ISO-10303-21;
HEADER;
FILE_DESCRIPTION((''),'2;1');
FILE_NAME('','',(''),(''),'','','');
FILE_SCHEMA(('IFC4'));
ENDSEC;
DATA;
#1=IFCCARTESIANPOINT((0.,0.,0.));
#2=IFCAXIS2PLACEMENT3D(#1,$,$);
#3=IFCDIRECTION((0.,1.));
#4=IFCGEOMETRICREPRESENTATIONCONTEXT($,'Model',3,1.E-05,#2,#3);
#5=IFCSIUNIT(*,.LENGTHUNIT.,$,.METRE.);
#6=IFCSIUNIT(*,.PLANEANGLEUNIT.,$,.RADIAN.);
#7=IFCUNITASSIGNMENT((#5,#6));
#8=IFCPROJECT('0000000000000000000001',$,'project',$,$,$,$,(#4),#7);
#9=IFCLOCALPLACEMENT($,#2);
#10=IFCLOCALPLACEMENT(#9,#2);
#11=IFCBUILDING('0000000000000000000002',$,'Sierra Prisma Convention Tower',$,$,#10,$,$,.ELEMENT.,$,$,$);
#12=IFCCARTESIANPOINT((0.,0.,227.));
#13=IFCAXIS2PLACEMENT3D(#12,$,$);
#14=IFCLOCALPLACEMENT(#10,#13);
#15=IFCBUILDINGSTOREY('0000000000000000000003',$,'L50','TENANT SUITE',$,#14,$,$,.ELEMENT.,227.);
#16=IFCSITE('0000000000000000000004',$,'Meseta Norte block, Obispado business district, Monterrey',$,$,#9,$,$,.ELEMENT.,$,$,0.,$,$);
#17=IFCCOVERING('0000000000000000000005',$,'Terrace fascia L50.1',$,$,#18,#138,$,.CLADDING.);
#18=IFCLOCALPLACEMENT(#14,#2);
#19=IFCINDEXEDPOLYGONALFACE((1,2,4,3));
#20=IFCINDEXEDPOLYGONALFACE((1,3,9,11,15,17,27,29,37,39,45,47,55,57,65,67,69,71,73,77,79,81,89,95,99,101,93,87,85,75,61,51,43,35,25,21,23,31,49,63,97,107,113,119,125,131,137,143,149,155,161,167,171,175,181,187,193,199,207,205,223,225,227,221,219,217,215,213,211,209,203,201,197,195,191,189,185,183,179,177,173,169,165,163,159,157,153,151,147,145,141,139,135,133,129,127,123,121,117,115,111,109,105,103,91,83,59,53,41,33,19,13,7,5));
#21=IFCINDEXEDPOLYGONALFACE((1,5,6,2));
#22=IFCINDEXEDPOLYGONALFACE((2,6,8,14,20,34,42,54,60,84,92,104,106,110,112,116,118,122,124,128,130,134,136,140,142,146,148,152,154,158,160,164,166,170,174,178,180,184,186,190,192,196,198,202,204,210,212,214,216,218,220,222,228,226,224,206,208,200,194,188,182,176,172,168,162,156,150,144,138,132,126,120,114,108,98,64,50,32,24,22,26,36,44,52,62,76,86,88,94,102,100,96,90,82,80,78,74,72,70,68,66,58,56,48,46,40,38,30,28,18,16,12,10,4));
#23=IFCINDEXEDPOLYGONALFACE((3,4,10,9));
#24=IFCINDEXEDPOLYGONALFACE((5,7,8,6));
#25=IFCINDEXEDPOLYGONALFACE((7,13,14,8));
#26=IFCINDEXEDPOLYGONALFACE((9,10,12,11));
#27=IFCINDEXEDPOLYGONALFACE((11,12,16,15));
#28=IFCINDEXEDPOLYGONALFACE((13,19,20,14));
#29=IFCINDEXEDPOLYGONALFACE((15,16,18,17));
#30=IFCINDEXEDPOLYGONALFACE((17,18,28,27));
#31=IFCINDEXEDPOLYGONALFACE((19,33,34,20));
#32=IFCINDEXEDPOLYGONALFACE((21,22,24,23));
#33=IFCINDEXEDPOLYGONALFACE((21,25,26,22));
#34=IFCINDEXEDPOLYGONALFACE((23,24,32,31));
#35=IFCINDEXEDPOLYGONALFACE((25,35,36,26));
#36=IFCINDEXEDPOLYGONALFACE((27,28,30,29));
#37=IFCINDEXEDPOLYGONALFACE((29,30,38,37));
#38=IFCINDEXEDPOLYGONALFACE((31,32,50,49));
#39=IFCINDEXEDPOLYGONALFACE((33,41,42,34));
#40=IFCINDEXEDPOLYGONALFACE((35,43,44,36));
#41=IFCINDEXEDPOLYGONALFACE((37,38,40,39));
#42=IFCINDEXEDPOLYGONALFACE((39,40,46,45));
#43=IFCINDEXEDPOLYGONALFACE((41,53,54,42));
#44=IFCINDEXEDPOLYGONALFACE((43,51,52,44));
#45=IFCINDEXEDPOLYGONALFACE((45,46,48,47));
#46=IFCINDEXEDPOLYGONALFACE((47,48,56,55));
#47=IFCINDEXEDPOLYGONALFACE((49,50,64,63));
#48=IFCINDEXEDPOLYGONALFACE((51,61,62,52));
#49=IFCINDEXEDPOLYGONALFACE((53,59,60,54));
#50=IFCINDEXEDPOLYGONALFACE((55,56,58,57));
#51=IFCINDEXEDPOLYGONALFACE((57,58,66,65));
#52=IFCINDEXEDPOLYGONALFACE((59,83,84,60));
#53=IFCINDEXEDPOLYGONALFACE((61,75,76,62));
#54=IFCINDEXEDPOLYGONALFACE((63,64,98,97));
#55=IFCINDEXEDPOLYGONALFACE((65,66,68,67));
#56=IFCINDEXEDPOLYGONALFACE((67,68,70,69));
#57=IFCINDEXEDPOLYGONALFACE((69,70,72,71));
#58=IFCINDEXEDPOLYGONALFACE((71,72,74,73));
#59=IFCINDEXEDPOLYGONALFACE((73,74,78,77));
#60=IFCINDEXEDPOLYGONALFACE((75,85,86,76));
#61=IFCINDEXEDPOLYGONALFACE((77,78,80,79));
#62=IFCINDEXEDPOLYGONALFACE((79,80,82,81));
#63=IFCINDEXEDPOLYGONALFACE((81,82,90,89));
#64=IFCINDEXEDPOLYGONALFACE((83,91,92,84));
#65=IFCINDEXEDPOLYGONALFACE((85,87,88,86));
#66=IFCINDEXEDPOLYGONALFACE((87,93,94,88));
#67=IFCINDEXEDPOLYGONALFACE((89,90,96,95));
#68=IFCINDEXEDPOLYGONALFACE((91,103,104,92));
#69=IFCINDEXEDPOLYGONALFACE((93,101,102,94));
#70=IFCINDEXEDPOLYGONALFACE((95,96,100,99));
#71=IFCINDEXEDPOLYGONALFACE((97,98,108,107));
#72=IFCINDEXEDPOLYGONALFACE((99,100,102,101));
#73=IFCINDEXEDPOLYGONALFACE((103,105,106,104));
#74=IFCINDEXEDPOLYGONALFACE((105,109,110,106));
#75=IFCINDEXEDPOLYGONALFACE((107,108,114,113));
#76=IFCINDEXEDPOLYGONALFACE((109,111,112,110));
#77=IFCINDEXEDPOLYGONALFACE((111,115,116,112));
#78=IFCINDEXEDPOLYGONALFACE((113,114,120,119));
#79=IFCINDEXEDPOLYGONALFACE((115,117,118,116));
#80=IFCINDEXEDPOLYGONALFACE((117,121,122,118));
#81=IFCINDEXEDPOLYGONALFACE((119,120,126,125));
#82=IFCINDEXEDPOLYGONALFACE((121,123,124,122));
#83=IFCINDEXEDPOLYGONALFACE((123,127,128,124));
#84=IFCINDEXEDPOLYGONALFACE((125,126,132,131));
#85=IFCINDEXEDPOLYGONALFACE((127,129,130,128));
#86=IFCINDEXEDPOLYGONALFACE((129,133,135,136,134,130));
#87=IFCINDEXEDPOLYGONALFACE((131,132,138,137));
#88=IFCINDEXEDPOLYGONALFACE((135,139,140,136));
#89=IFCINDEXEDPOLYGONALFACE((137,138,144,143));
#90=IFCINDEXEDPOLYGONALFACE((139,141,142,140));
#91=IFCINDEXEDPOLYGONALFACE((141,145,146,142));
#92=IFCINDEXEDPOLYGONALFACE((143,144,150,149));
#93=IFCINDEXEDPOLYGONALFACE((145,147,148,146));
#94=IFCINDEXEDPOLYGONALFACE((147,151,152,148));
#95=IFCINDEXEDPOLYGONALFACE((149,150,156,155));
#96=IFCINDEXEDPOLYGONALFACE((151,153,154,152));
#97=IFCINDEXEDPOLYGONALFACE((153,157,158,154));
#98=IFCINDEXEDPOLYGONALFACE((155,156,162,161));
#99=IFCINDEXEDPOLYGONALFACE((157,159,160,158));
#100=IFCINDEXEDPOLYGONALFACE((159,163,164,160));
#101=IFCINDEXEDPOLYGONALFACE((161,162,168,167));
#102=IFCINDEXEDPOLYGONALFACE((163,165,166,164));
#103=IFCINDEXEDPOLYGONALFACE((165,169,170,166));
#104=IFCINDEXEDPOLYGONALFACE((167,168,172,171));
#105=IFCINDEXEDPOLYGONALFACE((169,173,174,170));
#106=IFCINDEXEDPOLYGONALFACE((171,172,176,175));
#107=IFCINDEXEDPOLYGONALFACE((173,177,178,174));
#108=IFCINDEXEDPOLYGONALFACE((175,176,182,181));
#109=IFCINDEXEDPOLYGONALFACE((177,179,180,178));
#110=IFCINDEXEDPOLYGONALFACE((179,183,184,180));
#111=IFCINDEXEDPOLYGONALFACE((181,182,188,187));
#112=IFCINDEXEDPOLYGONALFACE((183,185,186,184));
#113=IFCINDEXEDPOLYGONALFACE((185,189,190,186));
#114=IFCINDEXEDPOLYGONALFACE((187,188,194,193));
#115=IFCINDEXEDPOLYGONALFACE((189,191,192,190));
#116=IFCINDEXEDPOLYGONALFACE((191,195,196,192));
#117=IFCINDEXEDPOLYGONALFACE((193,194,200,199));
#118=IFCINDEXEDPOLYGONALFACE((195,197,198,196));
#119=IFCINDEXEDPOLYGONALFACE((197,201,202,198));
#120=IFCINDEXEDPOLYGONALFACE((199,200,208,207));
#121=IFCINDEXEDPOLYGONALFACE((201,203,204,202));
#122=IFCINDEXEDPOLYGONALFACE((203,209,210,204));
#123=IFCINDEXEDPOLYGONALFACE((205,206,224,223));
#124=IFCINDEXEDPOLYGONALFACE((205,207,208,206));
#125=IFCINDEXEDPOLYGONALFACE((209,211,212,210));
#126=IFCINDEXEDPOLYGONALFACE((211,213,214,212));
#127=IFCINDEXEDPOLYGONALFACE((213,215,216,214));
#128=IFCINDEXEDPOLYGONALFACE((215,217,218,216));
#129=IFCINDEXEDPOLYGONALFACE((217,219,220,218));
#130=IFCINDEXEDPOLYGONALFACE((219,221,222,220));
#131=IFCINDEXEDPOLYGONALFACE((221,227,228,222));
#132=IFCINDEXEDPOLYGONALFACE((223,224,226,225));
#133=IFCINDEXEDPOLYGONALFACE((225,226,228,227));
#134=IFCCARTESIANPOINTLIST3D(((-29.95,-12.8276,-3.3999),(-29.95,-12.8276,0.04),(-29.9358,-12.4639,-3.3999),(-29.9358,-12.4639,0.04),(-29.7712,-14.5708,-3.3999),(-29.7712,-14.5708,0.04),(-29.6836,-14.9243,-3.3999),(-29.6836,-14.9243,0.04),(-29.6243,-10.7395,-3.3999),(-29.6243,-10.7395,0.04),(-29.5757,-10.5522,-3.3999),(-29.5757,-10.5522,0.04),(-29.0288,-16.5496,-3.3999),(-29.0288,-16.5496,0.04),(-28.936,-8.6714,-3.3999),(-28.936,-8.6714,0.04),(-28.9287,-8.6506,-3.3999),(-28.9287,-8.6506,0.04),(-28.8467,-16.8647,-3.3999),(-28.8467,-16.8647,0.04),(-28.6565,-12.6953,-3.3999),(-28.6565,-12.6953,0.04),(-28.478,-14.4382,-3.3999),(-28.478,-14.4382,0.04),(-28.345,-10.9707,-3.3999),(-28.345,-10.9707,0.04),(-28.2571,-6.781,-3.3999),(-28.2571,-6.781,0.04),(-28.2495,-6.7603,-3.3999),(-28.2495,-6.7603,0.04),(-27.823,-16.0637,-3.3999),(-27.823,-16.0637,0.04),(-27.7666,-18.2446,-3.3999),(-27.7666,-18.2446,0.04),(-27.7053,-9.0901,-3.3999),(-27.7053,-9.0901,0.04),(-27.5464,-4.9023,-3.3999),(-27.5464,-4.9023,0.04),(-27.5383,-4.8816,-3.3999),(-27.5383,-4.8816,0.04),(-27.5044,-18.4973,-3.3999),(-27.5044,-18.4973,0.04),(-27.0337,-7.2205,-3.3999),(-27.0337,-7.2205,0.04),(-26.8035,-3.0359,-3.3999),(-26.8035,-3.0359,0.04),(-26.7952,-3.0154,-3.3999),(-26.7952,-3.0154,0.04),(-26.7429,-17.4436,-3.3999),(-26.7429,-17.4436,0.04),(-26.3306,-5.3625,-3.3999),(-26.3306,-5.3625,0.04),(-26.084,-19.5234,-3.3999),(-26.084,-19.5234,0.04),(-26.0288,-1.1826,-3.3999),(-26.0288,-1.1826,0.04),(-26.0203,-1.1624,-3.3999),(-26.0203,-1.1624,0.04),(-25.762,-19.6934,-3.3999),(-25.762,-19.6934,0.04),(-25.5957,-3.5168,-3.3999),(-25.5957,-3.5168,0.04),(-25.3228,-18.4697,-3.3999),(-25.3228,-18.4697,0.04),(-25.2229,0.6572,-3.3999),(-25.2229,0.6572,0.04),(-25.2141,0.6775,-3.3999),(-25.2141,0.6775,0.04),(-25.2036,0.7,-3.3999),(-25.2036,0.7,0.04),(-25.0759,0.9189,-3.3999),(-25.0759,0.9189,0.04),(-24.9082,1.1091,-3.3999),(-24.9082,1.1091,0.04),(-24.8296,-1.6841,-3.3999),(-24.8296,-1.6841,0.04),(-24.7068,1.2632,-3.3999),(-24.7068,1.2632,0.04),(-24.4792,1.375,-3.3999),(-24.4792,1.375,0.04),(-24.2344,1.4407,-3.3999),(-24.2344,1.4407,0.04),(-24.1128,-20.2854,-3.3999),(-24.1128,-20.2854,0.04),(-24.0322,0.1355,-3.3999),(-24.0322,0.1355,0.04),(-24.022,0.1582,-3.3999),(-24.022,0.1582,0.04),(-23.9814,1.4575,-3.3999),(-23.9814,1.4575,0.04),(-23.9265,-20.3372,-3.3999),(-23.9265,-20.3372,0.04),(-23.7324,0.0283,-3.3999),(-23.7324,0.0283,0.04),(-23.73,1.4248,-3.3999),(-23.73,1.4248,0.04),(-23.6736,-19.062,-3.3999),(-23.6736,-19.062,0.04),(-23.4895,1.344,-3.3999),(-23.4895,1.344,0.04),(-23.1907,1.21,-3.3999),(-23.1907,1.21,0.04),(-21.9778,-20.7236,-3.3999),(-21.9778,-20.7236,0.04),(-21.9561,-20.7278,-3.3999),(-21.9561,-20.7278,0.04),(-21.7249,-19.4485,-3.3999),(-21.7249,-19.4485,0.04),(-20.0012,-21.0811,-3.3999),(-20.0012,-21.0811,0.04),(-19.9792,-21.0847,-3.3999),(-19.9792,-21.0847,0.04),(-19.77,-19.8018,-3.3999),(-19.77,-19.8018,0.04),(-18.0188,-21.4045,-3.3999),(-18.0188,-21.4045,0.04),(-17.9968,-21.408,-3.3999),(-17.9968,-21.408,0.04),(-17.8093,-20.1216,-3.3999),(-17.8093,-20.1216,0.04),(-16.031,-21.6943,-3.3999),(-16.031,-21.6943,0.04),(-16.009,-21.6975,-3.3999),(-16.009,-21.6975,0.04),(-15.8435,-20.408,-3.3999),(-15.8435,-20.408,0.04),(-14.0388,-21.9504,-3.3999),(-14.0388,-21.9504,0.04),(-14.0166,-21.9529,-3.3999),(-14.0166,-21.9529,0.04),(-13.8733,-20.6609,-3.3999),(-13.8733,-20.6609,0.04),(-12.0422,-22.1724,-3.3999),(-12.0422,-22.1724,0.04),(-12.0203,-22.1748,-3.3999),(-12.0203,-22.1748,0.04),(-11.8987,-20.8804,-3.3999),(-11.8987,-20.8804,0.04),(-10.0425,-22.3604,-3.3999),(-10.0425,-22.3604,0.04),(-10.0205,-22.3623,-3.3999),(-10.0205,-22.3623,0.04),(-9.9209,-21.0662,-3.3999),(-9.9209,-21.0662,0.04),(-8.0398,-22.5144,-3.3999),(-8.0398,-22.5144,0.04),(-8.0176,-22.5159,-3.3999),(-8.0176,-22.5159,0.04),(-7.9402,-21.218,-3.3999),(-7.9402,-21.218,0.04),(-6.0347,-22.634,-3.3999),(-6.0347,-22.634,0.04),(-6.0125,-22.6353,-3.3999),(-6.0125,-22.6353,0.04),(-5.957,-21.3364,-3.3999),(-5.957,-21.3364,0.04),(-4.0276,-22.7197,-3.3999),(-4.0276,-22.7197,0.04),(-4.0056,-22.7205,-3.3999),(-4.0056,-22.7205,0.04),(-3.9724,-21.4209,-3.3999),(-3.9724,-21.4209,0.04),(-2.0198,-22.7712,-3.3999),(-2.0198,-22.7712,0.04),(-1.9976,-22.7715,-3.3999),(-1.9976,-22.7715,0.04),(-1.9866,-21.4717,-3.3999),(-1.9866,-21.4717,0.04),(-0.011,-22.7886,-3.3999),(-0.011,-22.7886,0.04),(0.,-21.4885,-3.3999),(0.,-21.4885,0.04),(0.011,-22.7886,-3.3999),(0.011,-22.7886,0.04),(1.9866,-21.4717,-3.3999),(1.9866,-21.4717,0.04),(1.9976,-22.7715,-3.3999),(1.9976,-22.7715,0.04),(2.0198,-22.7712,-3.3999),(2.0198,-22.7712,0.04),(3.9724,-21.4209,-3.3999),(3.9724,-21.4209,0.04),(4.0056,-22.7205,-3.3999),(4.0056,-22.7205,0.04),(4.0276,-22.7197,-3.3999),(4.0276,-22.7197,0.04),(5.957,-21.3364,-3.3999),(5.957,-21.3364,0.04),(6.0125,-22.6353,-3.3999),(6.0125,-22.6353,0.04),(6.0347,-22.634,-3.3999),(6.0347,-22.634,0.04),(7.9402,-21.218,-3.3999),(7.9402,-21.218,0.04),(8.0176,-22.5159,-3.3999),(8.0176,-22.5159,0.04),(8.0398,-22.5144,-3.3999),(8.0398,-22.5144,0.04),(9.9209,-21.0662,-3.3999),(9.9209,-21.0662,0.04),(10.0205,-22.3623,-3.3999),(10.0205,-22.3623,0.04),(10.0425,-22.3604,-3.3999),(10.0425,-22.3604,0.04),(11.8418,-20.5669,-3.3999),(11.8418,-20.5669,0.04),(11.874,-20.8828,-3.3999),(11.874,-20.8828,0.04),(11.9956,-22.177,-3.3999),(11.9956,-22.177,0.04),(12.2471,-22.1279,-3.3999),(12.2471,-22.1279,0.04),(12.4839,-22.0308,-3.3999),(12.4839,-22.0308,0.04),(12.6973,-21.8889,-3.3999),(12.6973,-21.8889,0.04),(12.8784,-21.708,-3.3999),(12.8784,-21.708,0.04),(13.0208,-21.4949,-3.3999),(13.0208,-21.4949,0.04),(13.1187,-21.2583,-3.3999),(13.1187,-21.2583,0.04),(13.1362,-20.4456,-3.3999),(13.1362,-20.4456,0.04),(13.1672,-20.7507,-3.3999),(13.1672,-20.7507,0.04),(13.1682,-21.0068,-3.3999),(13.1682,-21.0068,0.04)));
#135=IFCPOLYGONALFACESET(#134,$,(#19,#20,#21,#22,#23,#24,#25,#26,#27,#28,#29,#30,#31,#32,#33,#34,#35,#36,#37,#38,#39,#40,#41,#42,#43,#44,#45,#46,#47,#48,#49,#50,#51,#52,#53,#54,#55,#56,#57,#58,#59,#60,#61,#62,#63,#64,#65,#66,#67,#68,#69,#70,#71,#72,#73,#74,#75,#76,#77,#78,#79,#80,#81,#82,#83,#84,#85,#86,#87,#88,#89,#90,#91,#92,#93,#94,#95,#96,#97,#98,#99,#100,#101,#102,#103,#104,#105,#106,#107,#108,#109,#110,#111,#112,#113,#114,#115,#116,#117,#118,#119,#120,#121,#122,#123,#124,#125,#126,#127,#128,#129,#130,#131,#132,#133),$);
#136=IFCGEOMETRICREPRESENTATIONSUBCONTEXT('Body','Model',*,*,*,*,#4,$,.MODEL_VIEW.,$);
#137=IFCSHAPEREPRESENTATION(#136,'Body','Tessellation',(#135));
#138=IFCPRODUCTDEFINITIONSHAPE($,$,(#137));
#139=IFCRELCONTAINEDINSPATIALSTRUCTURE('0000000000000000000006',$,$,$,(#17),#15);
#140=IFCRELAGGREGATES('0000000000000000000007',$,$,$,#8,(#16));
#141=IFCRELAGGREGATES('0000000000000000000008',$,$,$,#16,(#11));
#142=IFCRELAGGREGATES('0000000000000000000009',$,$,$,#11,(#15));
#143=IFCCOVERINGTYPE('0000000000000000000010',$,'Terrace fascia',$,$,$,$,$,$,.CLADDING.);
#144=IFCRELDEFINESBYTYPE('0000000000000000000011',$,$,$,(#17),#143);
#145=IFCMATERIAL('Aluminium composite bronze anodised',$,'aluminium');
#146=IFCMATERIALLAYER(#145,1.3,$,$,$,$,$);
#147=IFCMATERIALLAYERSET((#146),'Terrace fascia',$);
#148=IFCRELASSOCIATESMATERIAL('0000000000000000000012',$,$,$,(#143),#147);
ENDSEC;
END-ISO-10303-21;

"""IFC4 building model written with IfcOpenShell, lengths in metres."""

from ifc_helpers import new_model, si_unit, direction, frame, origin, place, context, subcontext, project, spatial, polyline, outline, extrude, material, layer, layer_set, type_object, element, save


model = new_model("IFC4")

# Units and contexts
model_context = context("Model", 3, precision=1e-05, world=origin(), true_north=direction((0.0, 1.0)))
body_context = subcontext(model_context, "Body", "Model", "MODEL_VIEW")
ifc_project = project(units=[si_unit("LENGTHUNIT", "METRE"), si_unit("PLANEANGLEUNIT", "RADIAN")], contexts=[model_context])

# Site, building, storey
site_placement = place(None, origin())
site = spatial("IfcSite", under=ifc_project, at=site_placement, Name="Meseta Norte block, Obispado business district, Monterrey", CompositionType="ELEMENT", RefElevation=0.0)
building_placement = place(site_placement, origin())
building = spatial("IfcBuilding", under=site, at=building_placement, Name="Sierra Prisma Convention Tower", CompositionType="ELEMENT")
storey_placement = place(building_placement, frame((0.0, 0.0, 227.0)))
storey = spatial("IfcBuildingStorey", under=building, at=storey_placement, Name="L50", Description="TENANT SUITE", CompositionType="ELEMENT", Elevation=227.0)

# Covering
ifc_material_1 = material(Name="Aluminium composite bronze anodised", Category="aluminium")
ifc_layer_1 = layer(ifc_material_1, 1.3)
ifc_layer_set_1 = layer_set([ifc_layer_1], Name="Terrace fascia")
covering_type_1 = type_object("IfcCoveringType", Name="Terrace fascia", PredefinedType="CLADDING", material=ifc_layer_set_1)
covering_1_placement = place(storey_placement, frame((0.0, 0.0, -3.3999)))
element("IfcCovering", 1, at=covering_1_placement, inside=storey, type_object=covering_type_1, Name="Terrace fascia L50.1", PredefinedType="CLADDING", context=body_context, shape_type="SweptSolid", body=[
    extrude(outline(polyline([(13.1672, -20.7507), (13.1682, -21.0068), (13.1187, -21.2583), (13.0208, -21.4949), (12.8784, -21.708), (12.6973, -21.8889), (12.4839, -22.0308), (12.2471, -22.1279), (11.9956, -22.177), (10.0425, -22.3604), (10.0205, -22.3623), (8.0398, -22.5144), (8.0176, -22.5159), (6.0347, -22.634), (6.0125, -22.6353), (4.0276, -22.7197), (4.0056, -22.7205), (2.0198, -22.7712), (1.9976, -22.7715), (0.011, -22.7886), (-0.011, -22.7886), (-1.9976, -22.7715), (-2.0198, -22.7712), (-4.0056, -22.7205), (-4.0276, -22.7197), (-6.0125, -22.6353), (-6.0347, -22.634), (-8.0176, -22.5159), (-8.0398, -22.5144), (-10.0205, -22.3623), (-10.0425, -22.3604), (-12.0203, -22.1748), (-12.0422, -22.1724), (-14.0166, -21.9529), (-14.0388, -21.9504), (-16.009, -21.6975), (-16.031, -21.6943), (-17.9968, -21.408), (-18.0188, -21.4045), (-19.9792, -21.0847), (-20.0012, -21.0811), (-21.9561, -20.7278), (-21.9778, -20.7236), (-23.9265, -20.3372), (-24.1128, -20.2854), (-25.762, -19.6934), (-26.084, -19.5234), (-27.5044, -18.4973), (-27.7666, -18.2446), (-28.8467, -16.8647), (-29.0288, -16.5496), (-29.6836, -14.9243), (-29.7712, -14.5708), (-29.95, -12.8276), (-29.9358, -12.4639), (-29.6243, -10.7395), (-29.5757, -10.5522), (-28.936, -8.6714), (-28.9287, -8.6506), (-28.2571, -6.781), (-28.2495, -6.7603), (-27.5464, -4.9023), (-27.5383, -4.8816), (-26.8035, -3.0359), (-26.7952, -3.0154), (-26.0288, -1.1826), (-26.0203, -1.1624), (-25.2229, 0.6572), (-25.2141, 0.6775), (-25.2036, 0.7), (-25.0759, 0.9189), (-24.9082, 1.1091), (-24.7068, 1.2632), (-24.4792, 1.375), (-24.2344, 1.4407), (-23.9814, 1.4575), (-23.73, 1.4248), (-23.4895, 1.344), (-23.1907, 1.21), (-23.7324, 0.0283), (-24.022, 0.1582), (-24.0322, 0.1355), (-24.8296, -1.6841), (-25.5957, -3.5168), (-26.3306, -5.3625), (-27.0337, -7.2205), (-27.7053, -9.0901), (-28.345, -10.9707), (-28.6565, -12.6953), (-28.478, -14.4382), (-27.823, -16.0637), (-26.7429, -17.4436), (-25.3228, -18.4697), (-23.6736, -19.062), (-21.7249, -19.4485), (-19.77, -19.8018), (-17.8093, -20.1216), (-15.8435, -20.408), (-13.8733, -20.6609), (-11.8987, -20.8804), (-9.9209, -21.0662), (-7.9402, -21.218), (-5.957, -21.3364), (-3.9724, -21.4209), (-1.9866, -21.4717), (0.0, -21.4885), (1.9866, -21.4717), (3.9724, -21.4209), (5.957, -21.3364), (7.9402, -21.218), (9.9209, -21.0662), (11.874, -20.8828), (11.8418, -20.5669), (13.1362, -20.4456), (13.1672, -20.7507)])), origin(), (0.0, 0.0, 1.0), 3.4399),
])

save(model, "model.ifc")
